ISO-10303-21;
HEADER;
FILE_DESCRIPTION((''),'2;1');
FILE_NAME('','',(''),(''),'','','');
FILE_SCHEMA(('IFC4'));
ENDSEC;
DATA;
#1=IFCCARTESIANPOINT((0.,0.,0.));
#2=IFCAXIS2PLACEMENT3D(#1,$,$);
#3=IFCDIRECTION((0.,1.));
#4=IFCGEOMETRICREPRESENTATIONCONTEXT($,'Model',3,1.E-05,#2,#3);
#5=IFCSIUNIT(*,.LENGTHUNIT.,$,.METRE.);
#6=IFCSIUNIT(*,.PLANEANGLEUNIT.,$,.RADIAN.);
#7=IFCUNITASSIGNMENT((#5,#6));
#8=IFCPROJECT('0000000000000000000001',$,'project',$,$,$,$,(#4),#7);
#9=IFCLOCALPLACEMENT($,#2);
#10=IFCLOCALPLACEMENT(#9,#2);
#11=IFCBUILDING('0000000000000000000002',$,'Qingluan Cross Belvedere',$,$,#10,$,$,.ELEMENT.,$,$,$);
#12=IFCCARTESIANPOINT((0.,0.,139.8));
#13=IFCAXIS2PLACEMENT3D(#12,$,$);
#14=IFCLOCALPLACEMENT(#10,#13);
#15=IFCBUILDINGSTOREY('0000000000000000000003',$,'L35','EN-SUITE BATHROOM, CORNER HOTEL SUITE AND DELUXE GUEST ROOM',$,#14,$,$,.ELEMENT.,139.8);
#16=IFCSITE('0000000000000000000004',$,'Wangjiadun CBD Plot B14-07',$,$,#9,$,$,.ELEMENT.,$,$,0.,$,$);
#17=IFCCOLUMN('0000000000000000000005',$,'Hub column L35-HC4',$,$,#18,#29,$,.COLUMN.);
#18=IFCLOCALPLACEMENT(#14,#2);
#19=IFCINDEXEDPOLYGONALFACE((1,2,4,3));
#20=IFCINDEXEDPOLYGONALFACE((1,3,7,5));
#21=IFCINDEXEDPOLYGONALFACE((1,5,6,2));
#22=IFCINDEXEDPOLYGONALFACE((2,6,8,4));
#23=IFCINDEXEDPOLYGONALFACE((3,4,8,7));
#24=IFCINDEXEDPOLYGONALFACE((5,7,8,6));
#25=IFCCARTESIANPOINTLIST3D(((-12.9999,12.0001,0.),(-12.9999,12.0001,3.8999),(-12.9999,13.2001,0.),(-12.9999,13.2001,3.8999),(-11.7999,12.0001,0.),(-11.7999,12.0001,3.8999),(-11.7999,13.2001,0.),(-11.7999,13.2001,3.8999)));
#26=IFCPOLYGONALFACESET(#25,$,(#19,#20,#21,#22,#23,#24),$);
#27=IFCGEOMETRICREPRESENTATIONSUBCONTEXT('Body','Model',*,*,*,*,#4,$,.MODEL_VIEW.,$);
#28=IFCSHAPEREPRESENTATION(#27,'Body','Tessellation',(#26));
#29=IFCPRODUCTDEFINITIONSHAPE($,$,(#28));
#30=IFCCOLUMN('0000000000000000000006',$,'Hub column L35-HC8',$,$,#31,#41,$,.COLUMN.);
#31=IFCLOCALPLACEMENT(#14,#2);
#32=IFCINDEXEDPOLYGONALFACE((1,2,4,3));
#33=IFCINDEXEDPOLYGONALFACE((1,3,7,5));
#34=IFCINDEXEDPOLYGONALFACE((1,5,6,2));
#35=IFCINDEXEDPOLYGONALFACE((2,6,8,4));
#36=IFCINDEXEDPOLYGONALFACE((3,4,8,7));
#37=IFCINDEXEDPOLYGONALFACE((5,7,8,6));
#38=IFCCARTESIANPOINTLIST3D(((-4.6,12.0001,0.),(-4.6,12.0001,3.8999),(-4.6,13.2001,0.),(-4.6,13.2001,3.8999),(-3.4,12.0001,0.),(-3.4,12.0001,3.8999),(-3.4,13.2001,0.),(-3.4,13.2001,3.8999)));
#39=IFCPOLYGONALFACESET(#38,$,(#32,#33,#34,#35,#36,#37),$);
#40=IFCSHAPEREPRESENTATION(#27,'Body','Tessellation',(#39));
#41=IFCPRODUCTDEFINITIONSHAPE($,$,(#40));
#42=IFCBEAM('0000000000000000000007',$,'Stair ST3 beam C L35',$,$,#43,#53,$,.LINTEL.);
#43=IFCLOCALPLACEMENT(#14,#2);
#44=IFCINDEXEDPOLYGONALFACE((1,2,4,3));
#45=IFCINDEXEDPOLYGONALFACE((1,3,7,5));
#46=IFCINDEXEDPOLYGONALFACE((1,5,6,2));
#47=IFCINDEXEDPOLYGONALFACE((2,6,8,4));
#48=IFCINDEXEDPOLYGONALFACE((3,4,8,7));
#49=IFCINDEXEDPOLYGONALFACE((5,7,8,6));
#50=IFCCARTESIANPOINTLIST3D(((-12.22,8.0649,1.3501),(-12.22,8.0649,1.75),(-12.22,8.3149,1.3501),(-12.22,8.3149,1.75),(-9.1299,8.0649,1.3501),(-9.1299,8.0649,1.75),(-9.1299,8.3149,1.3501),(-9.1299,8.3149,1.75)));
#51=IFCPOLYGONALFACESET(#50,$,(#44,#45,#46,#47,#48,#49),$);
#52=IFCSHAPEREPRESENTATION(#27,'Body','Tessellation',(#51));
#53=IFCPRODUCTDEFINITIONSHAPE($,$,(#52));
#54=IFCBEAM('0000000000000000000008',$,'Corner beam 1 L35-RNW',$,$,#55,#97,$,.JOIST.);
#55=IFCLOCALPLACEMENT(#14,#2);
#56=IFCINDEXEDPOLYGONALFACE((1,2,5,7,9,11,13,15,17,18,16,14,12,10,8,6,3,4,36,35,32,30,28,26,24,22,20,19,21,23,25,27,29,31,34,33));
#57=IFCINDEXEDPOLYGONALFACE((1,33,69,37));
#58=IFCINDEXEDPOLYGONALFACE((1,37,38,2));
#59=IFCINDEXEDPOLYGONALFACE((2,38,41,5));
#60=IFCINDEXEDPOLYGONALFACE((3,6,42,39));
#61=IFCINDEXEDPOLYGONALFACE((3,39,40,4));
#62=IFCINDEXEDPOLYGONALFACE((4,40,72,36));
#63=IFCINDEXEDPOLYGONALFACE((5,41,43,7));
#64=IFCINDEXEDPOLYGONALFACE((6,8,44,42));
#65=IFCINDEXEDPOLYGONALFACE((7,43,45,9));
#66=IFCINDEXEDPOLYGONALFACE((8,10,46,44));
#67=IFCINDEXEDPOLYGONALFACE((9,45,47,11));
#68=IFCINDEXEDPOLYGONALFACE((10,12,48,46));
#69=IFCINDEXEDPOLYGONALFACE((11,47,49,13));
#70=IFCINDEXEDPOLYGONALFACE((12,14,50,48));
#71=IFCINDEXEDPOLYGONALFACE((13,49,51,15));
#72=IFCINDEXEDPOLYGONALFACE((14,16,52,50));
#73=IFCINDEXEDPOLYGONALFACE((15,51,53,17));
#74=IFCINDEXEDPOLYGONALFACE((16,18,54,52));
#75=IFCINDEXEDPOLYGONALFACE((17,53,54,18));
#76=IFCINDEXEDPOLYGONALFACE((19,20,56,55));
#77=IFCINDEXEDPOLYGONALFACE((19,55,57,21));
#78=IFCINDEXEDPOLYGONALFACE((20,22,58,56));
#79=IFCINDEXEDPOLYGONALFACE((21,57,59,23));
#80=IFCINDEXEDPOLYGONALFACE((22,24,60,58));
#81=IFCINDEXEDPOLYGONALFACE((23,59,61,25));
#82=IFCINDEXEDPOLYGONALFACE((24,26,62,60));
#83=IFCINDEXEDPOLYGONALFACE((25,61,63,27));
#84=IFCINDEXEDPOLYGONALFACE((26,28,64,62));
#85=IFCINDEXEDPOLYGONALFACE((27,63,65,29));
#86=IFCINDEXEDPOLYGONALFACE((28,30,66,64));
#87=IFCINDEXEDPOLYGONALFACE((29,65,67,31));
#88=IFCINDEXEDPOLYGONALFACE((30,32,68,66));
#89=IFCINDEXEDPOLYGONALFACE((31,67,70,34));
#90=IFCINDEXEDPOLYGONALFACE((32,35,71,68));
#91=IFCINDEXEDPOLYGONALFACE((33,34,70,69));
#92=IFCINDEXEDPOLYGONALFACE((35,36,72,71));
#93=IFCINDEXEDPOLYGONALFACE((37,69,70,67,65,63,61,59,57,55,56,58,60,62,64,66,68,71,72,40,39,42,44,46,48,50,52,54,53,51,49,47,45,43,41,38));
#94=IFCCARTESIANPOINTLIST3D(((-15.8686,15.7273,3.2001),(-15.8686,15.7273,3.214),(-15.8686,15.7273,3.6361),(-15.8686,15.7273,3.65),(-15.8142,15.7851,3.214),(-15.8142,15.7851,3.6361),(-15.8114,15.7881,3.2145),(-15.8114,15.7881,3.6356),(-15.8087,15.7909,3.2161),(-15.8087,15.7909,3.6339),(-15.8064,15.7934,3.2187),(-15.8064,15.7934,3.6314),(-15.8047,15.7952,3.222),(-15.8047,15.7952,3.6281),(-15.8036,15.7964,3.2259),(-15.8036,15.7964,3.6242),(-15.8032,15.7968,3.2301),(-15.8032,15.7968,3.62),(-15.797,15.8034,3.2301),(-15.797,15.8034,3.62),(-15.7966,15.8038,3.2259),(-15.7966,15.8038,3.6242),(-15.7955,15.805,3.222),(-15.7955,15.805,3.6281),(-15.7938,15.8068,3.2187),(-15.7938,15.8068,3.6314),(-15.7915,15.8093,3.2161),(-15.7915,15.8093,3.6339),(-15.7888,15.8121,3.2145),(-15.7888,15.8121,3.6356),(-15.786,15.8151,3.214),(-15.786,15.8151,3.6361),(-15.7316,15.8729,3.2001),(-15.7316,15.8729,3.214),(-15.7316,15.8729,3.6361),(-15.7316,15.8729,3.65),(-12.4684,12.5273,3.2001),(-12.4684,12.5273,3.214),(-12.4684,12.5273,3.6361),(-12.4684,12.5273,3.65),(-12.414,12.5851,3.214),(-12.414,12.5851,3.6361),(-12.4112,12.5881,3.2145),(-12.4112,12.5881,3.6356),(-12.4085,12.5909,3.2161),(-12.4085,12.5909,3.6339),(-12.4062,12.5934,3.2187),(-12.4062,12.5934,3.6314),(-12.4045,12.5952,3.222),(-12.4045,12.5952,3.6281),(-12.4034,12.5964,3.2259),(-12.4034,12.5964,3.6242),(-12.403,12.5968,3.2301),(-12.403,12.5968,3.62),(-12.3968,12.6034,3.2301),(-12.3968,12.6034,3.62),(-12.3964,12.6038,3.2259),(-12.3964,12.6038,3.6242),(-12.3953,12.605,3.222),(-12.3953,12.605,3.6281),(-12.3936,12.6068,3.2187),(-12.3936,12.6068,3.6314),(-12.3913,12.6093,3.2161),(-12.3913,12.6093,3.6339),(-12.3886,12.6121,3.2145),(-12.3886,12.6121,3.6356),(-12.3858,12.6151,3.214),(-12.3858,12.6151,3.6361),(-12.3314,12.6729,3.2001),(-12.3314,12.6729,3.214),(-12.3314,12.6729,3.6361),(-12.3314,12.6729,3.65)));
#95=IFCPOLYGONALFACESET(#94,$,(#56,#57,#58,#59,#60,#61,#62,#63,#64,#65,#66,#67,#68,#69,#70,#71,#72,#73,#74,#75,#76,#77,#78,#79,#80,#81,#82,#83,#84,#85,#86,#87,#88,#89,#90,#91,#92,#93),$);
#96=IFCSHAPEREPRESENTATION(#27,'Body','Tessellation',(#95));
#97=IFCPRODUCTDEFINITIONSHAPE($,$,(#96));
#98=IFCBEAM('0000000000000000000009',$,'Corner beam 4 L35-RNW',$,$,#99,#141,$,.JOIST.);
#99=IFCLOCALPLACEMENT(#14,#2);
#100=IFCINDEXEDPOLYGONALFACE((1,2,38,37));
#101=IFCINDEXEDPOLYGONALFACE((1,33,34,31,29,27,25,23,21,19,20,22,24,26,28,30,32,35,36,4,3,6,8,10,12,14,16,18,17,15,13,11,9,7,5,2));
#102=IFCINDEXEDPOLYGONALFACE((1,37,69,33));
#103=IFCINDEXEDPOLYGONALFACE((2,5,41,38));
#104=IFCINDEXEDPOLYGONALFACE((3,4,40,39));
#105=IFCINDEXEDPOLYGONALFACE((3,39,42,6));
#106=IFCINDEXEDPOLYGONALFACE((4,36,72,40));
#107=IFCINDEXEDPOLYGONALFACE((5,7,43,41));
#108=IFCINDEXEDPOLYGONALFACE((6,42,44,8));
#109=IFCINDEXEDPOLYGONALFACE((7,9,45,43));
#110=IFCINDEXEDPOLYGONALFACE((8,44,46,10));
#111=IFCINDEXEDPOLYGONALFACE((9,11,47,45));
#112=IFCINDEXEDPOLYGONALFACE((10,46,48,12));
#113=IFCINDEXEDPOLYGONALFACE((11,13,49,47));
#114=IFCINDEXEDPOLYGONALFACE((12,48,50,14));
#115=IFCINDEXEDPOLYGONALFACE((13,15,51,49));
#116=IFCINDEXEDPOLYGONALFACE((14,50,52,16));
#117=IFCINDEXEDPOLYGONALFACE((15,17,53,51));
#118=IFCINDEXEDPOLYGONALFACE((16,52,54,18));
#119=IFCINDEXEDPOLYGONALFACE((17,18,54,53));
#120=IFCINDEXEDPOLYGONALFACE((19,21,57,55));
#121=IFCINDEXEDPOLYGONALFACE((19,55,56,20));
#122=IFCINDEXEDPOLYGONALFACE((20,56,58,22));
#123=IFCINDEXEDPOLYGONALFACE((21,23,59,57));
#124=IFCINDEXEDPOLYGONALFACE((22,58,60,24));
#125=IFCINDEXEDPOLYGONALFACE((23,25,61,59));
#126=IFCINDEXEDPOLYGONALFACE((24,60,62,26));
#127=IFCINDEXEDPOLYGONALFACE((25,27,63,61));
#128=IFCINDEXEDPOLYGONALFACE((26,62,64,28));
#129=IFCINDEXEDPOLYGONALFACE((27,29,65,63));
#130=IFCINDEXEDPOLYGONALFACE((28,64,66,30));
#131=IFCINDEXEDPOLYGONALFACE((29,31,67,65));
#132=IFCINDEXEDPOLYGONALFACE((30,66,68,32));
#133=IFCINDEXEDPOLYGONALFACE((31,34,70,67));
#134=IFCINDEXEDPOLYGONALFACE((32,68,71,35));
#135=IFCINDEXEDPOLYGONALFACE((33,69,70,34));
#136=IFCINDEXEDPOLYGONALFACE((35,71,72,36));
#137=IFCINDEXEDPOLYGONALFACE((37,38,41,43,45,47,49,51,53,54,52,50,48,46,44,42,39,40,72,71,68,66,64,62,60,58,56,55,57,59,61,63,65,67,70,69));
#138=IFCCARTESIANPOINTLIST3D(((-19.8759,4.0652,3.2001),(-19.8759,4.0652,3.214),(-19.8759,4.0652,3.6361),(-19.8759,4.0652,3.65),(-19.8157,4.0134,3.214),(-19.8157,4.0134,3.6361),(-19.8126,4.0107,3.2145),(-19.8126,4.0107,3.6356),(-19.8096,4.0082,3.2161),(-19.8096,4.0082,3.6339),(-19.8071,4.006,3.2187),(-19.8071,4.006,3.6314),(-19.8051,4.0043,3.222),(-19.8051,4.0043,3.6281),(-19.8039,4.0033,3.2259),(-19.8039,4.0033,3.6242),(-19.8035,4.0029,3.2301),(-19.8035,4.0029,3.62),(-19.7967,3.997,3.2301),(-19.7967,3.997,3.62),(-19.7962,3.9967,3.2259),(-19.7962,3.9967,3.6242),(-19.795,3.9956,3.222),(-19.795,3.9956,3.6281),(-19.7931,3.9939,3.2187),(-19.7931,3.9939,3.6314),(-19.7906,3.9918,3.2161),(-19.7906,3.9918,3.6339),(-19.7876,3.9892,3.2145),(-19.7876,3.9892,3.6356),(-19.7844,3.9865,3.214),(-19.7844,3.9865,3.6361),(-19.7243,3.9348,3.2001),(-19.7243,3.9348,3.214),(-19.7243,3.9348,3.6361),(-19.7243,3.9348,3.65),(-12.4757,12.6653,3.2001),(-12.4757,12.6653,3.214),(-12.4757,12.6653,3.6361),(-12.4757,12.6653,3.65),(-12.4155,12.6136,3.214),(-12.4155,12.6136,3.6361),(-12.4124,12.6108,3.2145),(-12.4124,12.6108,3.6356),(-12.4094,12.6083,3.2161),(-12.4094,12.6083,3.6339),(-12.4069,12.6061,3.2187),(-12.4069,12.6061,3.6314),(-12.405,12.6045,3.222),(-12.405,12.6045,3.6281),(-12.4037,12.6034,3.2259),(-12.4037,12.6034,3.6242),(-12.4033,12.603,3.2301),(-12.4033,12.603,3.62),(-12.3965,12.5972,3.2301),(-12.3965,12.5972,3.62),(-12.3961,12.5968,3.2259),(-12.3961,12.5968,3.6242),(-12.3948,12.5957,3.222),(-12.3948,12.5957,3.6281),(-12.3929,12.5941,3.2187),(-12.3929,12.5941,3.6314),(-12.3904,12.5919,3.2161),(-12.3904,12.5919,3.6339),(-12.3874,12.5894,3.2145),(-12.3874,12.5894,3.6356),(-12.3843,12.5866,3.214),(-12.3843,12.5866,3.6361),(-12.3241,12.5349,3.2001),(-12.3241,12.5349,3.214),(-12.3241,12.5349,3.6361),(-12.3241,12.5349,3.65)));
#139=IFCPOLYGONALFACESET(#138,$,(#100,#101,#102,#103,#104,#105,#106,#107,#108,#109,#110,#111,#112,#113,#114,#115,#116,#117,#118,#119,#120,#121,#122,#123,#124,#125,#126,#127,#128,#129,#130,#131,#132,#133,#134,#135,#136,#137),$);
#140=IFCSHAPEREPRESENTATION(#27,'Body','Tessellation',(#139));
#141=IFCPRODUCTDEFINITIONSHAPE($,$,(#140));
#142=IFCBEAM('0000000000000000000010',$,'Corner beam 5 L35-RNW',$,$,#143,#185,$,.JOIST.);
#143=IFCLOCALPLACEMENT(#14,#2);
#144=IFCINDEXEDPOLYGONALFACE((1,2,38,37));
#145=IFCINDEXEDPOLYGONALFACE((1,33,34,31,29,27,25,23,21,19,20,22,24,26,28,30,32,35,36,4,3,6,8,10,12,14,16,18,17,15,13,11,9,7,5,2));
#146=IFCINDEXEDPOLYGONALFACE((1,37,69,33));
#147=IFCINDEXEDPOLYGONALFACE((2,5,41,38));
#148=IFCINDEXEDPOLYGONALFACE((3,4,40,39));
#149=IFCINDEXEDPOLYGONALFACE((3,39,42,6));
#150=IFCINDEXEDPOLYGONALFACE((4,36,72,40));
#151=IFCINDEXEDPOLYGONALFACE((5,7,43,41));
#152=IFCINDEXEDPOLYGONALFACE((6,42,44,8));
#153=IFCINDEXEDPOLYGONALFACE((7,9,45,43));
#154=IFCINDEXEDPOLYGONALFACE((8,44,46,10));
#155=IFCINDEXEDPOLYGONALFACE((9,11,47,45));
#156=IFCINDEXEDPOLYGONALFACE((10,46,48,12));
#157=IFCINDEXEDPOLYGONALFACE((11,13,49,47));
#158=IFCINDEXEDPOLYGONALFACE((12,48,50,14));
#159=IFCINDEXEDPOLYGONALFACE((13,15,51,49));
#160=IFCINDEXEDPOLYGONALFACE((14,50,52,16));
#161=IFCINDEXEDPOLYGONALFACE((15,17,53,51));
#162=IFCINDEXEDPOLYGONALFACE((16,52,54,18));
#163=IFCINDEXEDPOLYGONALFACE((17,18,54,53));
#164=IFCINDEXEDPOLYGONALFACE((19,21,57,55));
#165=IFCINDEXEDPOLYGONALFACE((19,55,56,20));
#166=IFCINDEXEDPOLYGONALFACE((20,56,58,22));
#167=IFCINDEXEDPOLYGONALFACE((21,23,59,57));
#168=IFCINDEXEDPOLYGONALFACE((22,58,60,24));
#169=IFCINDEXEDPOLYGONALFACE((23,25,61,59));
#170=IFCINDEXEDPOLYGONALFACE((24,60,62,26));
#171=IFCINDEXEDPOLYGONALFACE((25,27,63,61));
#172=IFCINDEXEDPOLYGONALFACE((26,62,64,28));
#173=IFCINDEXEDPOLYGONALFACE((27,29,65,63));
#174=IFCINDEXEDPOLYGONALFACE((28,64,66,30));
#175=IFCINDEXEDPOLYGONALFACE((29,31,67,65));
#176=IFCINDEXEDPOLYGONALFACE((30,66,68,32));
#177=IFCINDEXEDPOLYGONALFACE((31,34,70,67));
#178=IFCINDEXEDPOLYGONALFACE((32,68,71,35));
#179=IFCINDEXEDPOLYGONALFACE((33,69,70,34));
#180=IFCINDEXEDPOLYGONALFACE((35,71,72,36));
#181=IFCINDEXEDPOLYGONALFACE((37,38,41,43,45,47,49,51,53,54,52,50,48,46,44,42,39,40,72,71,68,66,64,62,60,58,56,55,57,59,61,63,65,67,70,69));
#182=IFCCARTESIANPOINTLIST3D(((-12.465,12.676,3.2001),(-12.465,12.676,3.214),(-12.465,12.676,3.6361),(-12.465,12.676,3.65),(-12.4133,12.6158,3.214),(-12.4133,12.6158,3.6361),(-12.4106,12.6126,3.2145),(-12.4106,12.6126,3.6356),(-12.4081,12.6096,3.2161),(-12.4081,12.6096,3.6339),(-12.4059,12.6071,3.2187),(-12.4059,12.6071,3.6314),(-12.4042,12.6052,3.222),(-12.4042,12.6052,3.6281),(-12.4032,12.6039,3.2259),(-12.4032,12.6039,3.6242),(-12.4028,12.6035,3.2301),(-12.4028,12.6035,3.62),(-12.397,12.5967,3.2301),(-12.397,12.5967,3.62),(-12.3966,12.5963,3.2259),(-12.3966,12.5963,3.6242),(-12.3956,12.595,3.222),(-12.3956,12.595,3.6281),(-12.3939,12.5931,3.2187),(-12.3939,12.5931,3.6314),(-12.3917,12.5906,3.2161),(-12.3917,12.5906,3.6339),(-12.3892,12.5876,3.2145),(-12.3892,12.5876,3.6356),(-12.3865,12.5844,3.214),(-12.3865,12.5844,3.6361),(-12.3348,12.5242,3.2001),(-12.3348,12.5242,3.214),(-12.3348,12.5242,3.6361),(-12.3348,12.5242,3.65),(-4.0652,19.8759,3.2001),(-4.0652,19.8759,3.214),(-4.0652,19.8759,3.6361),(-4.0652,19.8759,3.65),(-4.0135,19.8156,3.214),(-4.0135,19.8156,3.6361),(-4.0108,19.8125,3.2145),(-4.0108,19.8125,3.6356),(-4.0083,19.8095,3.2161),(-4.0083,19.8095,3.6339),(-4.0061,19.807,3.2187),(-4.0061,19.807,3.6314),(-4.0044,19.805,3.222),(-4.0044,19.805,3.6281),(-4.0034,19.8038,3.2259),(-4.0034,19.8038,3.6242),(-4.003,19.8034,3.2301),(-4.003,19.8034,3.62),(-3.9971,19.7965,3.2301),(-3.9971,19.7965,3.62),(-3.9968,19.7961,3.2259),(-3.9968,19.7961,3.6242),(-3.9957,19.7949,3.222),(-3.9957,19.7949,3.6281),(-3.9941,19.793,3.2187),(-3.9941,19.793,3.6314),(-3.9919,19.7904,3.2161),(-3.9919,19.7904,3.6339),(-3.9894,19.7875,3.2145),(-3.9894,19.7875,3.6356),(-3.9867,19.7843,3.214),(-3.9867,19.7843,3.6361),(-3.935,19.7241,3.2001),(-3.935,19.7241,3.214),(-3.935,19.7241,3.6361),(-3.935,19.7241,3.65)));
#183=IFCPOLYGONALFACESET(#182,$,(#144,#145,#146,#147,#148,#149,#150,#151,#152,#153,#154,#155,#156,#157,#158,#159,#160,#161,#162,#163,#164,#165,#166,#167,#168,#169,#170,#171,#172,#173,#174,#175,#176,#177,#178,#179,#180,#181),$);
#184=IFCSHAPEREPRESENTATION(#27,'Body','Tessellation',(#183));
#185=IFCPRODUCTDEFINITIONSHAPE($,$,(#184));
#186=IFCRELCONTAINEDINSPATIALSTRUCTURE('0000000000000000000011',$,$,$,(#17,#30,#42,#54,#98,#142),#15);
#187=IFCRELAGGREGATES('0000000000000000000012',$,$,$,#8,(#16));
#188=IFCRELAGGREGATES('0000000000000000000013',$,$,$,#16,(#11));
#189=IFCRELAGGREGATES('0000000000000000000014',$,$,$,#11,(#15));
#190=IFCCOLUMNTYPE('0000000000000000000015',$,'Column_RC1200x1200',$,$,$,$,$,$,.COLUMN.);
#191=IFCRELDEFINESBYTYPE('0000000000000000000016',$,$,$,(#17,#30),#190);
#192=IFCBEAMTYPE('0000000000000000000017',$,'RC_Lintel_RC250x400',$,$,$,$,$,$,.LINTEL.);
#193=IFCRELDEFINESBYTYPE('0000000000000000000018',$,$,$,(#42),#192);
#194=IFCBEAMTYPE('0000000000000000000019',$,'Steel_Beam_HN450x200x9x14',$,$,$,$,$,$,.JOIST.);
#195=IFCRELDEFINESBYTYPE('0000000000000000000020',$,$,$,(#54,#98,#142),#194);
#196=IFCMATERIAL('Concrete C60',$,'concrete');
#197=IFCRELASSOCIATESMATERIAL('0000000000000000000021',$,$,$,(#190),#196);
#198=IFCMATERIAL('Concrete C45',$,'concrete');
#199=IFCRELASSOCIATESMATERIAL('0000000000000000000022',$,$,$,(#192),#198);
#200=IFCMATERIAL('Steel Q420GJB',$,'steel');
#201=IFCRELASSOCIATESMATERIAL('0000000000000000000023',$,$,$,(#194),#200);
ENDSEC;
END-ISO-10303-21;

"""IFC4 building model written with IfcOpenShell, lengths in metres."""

from ifc_helpers import new_model, si_unit, direction, frame, origin, origin_2d, place, context, subcontext, project, spatial, rectangle, i_section, extrude, material, material_profile, profile_set, type_object, element, save


model = new_model("IFC4")

# Units and contexts
model_context = context("Model", 3, precision=1e-05, world=origin(), true_north=direction((0.0, 1.0)))
body_context = subcontext(model_context, "Body", "Model", "MODEL_VIEW")
ifc_project = project(units=[si_unit("LENGTHUNIT", "METRE"), si_unit("PLANEANGLEUNIT", "RADIAN")], contexts=[model_context])

# Site, building, storey
site_placement = place(None, origin())
site = spatial("IfcSite", under=ifc_project, at=site_placement, Name="Wangjiadun CBD Plot B14-07", CompositionType="ELEMENT", RefElevation=0.0)
building_placement = place(site_placement, origin())
building = spatial("IfcBuilding", under=site, at=building_placement, Name="Qingluan Cross Belvedere", CompositionType="ELEMENT")
storey_placement = place(building_placement, frame((0.0, 0.0, 139.8)))
storey = spatial("IfcBuildingStorey", under=building, at=storey_placement, Name="L35", Description="EN-SUITE BATHROOM, CORNER HOTEL SUITE AND DELUXE GUEST ROOM", CompositionType="ELEMENT", Elevation=139.8)

# Columns
ifc_material_1 = material(Name="Concrete C60", Category="concrete")
ifc_material_profile_1 = material_profile(ifc_material_1, rectangle(XDim=1.2, YDim=1.2, at=origin_2d()), Name="RC1200x1200")
ifc_profile_set_1 = profile_set([ifc_material_profile_1], Name="Concrete C60")
column_type = type_object("IfcColumnType", Name="Column_RC1200x1200", PredefinedType="COLUMN", material=ifc_profile_set_1)
for number, where, z_axis, x_axis, name in (
    (1, (-12.3999, 12.6001, 0.0), (0.0, 0.0, 1.0), (1.0, 0.0, 0.0), "Hub column L35-HC4"),
    (2, (-4.0, 12.6001, 0.0), (0.0, 0.0, 1.0), (1.0, 0.0, 0.0), "Hub column L35-HC8"),
):
    element("IfcColumn", number, at=place(storey_placement, frame(where, z_axis=z_axis, x_axis=x_axis)), inside=storey, type_object=column_type, Name=name, PredefinedType="COLUMN", context=body_context, shape_type="SweptSolid", body=[
        extrude(rectangle(XDim=1.2, YDim=1.2, at=origin_2d()), origin(), (0.0, 0.0, 1.0), 3.8999),
    ])

# Beams
ifc_material_2 = material(Name="Concrete C45", Category="concrete")
ifc_material_profile_2 = material_profile(ifc_material_2, rectangle(XDim=0.25, YDim=0.3999, at=origin_2d()), Name="RC250x400")
ifc_profile_set_2 = profile_set([ifc_material_profile_2], Name="Concrete C45")
beam_type_1 = type_object("IfcBeamType", Name="RC_Lintel_RC250x400", PredefinedType="LINTEL", material=ifc_profile_set_2)
beam_1_placement = place(storey_placement, frame((-12.22, 8.1899, 1.55), z_axis=(1.0, 0.0, 0.0), x_axis=(0.0, 1.0, 0.0)))
element("IfcBeam", 3, at=beam_1_placement, inside=storey, type_object=beam_type_1, Name="Stair ST3 beam C L35", PredefinedType="LINTEL", context=body_context, shape_type="SweptSolid", body=[
    extrude(rectangle(XDim=0.25, YDim=0.3999, at=origin_2d()), origin(), (0.0, 0.0, 1.0), 3.0901),
])
ifc_material_3 = material(Name="Steel Q420GJB", Category="steel")
ifc_material_profile_3 = material_profile(ifc_material_3, i_section(OverallWidth=0.2, OverallDepth=0.45, WebThickness=0.009, FlangeThickness=0.0139, FilletRadius=0.0161, at=origin_2d()), Name="HN450x200x9x14")
ifc_profile_set_3 = profile_set([ifc_material_profile_3], Name="Steel Q420GJB")
beam_type_2 = type_object("IfcBeamType", Name="Steel_Beam_HN450x200x9x14", PredefinedType="JOIST", material=ifc_profile_set_3)
beam_2_placement = place(storey_placement, frame((-12.3999, 12.6001, 3.425), z_axis=(-0.72822, 0.685343, 0.0), x_axis=(-0.685343, -0.72822, 0.0)))
element("IfcBeam", 4, at=beam_2_placement, inside=storey, type_object=beam_type_2, Name="Corner beam 1 L35-RNW", PredefinedType="JOIST", context=body_context, shape_type="SweptSolid", body=[
    extrude(i_section(OverallWidth=0.2, OverallDepth=0.45, WebThickness=0.009, FlangeThickness=0.0139, FilletRadius=0.0161, at=origin_2d()), origin(), (0.0, 0.0, 1.0), 4.6692),
])
beam_3_placement = place(storey_placement, frame((-12.3999, 12.6001, 3.425), z_axis=(-0.652245, -0.758008, 0.0), x_axis=(0.758008, -0.652245, 0.0)))
element("IfcBeam", 5, at=beam_3_placement, inside=storey, type_object=beam_type_2, Name="Corner beam 4 L35-RNW", PredefinedType="JOIST", context=body_context, shape_type="SweptSolid", body=[
    extrude(i_section(OverallWidth=0.2, OverallDepth=0.45, WebThickness=0.009, FlangeThickness=0.0139, FilletRadius=0.0161, at=origin_2d()), origin(), (0.0, 0.0, 1.0), 11.3457),
])
beam_4_placement = place(storey_placement, frame((-12.3999, 12.6001, 3.425), z_axis=(0.759255, 0.650793, 0.0), x_axis=(-0.650793, 0.759255, 0.0)))
element("IfcBeam", 6, at=beam_4_placement, inside=storey, type_object=beam_type_2, Name="Corner beam 5 L35-RNW", PredefinedType="JOIST", context=body_context, shape_type="SweptSolid", body=[
    extrude(i_section(OverallWidth=0.2, OverallDepth=0.45, WebThickness=0.009, FlangeThickness=0.0139, FilletRadius=0.0161, at=origin_2d()), origin(), (0.0, 0.0, 1.0), 11.0632),
])

save(model, "model.ifc")
